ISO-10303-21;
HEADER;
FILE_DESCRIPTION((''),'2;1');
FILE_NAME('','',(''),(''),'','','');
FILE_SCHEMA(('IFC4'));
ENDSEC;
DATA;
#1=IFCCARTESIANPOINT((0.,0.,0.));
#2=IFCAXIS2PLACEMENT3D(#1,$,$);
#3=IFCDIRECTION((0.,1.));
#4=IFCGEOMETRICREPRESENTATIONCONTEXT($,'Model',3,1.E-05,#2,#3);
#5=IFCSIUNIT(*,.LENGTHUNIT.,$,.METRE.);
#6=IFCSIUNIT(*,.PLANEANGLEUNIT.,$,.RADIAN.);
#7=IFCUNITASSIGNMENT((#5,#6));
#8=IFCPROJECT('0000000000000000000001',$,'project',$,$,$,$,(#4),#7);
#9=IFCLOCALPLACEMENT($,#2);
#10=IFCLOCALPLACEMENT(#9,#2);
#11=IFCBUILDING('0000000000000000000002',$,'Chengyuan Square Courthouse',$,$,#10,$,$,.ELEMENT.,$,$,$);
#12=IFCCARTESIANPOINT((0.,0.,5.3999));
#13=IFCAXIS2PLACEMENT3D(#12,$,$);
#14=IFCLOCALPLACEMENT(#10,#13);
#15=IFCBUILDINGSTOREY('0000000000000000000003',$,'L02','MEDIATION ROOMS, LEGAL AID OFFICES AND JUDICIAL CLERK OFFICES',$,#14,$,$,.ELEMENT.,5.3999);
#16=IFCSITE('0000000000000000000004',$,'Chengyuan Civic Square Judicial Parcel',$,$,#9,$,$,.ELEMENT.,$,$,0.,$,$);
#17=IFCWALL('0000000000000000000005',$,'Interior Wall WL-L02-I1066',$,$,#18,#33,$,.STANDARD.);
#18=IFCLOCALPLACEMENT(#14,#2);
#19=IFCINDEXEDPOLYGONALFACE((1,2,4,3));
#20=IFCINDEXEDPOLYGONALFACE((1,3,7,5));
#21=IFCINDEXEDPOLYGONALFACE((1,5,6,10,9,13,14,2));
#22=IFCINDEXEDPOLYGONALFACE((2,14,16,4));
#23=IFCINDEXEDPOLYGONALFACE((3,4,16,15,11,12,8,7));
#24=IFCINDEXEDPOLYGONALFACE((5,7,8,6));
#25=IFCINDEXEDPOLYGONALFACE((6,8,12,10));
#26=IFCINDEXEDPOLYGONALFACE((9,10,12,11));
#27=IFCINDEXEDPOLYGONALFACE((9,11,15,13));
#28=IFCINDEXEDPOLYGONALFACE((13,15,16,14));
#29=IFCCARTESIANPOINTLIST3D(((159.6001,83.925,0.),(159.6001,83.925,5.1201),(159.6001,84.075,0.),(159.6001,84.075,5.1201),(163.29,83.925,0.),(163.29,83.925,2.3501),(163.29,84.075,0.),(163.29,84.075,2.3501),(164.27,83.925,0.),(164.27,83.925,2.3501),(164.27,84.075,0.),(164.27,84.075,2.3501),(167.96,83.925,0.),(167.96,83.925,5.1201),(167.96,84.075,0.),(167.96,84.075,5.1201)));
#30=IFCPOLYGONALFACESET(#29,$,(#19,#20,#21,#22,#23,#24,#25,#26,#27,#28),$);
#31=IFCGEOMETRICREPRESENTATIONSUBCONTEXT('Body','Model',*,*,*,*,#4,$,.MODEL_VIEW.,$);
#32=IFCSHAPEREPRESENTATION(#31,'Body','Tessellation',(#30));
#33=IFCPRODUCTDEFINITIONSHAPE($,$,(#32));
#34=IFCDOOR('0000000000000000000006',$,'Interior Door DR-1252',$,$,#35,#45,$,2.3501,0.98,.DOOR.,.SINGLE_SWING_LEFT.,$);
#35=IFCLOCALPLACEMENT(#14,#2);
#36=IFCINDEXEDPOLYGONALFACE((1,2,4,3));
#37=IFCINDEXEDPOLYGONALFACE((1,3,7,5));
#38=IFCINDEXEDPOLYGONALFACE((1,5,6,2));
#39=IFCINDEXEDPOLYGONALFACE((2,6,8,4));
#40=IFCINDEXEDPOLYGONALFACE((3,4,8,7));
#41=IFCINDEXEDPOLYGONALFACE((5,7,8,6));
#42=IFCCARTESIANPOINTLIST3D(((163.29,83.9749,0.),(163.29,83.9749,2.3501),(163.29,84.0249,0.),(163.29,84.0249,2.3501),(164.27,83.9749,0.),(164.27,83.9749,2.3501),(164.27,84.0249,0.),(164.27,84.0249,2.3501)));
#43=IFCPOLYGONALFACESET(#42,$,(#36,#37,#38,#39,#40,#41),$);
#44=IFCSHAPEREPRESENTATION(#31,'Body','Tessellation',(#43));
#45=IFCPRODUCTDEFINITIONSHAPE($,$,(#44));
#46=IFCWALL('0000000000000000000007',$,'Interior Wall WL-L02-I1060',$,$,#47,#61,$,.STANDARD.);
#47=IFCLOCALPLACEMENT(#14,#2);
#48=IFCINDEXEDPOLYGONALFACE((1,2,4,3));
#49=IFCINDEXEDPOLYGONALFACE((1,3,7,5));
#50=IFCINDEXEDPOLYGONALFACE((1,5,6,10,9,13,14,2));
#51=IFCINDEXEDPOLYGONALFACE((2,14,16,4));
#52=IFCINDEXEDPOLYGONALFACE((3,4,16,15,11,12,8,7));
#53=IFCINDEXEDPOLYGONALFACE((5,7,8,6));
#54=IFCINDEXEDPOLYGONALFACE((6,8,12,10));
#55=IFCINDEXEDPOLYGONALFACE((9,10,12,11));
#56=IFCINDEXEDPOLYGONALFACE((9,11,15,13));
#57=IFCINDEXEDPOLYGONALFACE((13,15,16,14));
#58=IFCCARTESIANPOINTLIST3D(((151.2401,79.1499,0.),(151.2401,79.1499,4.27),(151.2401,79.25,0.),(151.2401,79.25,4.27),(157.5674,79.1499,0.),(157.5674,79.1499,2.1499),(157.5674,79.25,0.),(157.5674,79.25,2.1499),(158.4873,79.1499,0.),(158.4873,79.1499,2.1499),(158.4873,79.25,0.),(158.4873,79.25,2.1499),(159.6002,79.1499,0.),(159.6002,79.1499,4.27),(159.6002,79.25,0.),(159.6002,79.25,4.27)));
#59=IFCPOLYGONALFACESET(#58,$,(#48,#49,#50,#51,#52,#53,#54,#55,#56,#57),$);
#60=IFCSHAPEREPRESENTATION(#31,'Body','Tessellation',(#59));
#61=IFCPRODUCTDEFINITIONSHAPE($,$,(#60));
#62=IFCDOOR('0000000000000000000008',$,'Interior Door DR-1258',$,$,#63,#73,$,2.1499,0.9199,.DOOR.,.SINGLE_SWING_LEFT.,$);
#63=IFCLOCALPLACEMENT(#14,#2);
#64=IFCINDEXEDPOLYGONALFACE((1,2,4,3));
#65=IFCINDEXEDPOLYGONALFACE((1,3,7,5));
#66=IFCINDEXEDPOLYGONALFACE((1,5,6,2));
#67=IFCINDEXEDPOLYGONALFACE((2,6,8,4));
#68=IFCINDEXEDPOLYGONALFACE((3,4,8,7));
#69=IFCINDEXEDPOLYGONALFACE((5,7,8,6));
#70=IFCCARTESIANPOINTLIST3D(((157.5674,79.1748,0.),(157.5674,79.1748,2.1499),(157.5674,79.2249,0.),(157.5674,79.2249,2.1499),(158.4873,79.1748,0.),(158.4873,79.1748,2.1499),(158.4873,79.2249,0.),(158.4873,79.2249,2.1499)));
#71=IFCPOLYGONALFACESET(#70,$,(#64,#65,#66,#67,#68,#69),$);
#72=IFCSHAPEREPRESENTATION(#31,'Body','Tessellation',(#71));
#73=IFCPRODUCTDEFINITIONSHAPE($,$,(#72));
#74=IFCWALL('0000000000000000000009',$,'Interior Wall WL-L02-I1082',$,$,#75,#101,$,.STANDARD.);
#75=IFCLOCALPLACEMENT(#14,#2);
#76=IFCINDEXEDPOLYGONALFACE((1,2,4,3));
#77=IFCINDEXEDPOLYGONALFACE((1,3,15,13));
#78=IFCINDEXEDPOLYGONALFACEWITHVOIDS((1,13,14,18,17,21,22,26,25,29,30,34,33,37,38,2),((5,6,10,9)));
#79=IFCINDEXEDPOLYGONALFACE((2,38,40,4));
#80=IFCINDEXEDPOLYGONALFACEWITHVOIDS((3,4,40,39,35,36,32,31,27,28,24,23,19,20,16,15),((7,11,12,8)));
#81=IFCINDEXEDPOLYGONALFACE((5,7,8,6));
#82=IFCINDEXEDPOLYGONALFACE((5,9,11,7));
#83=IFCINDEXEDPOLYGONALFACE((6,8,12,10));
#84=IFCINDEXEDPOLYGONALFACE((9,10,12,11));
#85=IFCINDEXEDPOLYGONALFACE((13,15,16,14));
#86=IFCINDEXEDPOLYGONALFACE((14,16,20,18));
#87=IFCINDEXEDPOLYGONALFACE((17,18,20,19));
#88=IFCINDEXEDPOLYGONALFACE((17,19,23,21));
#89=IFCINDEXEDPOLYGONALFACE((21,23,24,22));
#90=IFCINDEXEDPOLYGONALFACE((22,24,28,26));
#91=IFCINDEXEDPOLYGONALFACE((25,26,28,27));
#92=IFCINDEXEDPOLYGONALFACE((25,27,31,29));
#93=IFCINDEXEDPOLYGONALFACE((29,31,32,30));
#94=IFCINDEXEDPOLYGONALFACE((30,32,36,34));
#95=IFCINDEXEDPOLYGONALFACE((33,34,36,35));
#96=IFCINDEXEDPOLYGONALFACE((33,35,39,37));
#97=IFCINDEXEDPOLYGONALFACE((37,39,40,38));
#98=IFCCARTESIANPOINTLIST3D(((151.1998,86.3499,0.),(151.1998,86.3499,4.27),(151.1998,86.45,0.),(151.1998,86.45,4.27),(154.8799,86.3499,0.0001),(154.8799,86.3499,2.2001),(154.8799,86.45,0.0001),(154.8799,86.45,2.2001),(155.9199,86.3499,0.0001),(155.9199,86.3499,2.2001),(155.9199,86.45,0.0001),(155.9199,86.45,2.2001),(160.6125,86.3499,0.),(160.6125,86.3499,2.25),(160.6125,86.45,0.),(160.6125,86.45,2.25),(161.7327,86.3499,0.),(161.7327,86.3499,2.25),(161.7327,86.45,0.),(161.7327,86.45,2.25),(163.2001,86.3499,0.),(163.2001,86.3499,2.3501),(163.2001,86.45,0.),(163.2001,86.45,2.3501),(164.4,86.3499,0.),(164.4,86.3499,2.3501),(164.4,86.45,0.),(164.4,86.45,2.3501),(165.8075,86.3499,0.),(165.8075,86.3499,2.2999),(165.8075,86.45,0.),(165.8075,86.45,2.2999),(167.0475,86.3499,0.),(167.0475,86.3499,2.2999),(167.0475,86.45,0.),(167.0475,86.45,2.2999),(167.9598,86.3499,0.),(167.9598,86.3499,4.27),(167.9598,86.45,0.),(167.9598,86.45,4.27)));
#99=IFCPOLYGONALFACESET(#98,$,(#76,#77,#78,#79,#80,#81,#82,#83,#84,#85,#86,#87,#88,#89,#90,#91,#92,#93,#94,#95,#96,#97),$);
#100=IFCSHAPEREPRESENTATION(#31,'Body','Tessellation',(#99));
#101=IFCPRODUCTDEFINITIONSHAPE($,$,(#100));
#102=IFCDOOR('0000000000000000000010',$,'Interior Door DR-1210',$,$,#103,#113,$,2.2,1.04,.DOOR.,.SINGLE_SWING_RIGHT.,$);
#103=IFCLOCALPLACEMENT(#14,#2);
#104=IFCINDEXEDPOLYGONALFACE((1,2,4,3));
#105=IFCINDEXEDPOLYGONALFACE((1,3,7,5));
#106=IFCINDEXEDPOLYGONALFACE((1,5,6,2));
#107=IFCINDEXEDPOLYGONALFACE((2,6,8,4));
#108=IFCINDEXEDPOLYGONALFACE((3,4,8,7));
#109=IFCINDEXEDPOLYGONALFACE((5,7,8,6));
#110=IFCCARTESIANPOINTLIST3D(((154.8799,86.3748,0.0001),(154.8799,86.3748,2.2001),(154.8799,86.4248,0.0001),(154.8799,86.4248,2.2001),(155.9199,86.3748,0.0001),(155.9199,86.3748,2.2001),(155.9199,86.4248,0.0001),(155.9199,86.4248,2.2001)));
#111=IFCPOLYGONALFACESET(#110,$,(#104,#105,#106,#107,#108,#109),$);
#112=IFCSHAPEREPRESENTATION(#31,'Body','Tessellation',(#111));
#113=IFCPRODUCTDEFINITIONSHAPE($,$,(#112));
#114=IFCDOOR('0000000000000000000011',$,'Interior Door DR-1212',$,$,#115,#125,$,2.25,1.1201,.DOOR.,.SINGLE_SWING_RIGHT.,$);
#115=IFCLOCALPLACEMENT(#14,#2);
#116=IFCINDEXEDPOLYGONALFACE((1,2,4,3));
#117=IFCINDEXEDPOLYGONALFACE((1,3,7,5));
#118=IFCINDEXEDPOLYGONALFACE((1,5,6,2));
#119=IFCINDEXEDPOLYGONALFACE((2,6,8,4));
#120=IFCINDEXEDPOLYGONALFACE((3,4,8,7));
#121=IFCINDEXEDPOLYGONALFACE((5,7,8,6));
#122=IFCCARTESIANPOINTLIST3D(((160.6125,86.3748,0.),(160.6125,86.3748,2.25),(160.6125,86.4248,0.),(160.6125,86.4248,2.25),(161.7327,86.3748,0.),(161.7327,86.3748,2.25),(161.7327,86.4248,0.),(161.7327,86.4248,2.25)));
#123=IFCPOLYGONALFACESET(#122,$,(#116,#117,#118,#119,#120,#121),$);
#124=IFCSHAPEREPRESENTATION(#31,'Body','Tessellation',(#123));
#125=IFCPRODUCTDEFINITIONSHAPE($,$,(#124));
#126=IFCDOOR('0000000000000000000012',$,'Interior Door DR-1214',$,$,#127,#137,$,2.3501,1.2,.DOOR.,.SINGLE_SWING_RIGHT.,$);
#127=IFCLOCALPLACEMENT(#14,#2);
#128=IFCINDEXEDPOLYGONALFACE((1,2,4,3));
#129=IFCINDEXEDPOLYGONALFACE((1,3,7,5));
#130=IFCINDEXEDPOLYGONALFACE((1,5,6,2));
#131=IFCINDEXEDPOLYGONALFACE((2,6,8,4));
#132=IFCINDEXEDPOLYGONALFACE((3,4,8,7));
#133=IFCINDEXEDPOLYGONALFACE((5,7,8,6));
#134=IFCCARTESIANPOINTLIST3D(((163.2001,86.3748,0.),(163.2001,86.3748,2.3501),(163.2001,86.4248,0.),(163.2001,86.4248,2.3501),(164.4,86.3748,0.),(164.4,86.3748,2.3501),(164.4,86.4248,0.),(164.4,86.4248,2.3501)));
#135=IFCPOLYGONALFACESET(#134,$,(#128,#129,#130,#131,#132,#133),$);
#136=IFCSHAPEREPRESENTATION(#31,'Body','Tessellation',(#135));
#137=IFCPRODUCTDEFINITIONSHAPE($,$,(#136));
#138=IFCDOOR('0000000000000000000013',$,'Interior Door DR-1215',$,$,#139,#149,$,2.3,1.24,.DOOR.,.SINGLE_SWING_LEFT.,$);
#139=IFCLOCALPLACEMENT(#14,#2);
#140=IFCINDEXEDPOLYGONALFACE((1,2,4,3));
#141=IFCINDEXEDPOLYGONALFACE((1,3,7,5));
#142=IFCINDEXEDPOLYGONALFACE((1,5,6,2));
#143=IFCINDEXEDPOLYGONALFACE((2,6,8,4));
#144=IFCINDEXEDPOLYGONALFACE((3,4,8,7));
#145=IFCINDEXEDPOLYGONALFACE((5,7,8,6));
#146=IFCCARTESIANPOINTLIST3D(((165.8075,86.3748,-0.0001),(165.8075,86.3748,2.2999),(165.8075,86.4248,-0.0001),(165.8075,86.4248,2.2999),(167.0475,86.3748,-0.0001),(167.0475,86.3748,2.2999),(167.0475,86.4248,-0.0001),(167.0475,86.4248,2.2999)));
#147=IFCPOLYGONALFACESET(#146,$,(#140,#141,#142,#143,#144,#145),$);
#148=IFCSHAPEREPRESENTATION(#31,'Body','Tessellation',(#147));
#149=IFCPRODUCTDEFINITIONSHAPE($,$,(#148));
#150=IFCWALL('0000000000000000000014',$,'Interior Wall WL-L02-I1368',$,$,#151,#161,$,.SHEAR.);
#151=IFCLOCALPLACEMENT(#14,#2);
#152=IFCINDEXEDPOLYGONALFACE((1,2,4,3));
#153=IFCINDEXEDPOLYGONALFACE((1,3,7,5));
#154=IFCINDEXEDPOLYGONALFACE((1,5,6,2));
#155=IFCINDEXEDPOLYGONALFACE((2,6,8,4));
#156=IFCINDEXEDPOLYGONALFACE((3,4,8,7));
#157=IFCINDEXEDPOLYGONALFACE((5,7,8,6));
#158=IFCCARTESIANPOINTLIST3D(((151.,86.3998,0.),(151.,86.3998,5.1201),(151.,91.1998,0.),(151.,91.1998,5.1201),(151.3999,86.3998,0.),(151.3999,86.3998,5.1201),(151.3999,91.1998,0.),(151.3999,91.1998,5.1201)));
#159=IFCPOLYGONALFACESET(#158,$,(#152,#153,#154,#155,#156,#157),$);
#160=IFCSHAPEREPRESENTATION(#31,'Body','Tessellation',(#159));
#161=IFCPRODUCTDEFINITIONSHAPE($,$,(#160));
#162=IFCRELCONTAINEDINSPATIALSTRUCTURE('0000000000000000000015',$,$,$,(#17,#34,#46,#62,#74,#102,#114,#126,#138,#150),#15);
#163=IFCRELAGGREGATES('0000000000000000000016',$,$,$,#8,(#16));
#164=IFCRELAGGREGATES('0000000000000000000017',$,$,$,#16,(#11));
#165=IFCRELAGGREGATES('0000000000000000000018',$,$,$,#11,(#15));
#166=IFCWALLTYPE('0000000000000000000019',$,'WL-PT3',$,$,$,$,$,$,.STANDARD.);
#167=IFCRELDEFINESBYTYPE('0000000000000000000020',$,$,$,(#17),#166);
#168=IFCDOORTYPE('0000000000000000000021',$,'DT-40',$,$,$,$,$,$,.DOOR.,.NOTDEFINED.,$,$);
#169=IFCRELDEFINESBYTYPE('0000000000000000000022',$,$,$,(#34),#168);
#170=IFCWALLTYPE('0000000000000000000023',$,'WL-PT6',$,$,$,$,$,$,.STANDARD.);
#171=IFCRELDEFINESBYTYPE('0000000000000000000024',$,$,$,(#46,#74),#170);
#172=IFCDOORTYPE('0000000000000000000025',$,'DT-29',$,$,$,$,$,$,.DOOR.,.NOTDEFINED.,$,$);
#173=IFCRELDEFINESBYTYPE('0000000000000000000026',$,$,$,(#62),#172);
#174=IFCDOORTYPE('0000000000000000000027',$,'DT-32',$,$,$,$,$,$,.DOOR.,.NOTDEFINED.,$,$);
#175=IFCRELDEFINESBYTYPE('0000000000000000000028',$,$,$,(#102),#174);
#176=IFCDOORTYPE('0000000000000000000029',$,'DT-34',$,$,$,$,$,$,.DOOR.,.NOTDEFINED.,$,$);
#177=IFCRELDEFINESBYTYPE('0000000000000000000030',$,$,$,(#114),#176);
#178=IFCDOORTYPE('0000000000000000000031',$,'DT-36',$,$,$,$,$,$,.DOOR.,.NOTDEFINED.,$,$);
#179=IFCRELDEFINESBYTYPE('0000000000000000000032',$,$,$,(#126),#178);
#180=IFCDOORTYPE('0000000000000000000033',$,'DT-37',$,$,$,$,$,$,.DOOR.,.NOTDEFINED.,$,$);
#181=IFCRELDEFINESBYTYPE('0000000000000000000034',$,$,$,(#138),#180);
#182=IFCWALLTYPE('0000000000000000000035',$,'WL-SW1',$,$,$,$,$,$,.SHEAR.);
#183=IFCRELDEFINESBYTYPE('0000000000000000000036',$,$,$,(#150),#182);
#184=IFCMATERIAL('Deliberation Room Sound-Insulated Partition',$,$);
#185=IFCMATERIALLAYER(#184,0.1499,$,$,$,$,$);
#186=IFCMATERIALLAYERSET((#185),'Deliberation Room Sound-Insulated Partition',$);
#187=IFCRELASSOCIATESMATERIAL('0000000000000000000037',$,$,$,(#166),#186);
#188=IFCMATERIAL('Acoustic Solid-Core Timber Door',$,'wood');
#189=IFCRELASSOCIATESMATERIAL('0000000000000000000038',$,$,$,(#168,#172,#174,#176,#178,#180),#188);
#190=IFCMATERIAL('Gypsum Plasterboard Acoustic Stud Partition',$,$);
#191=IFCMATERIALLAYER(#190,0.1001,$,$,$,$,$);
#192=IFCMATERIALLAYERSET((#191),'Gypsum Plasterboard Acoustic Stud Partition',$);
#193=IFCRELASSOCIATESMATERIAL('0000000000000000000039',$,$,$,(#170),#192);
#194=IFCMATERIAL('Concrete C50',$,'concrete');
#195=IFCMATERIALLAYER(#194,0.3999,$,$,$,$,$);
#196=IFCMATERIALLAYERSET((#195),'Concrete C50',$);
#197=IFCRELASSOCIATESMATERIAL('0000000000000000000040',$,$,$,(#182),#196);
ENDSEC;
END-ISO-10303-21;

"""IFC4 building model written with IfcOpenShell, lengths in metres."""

from ifc_helpers import new_model, si_unit, direction, frame, frame_2d, origin, place, context, subcontext, project, spatial, rectangle, extrude, material, layer, layer_set, type_object, element, fill, save


model = new_model("IFC4")

# Units and contexts
model_context = context("Model", 3, precision=1e-05, world=origin(), true_north=direction((0.0, 1.0)))
body_context = subcontext(model_context, "Body", "Model", "MODEL_VIEW")
ifc_project = project(units=[si_unit("LENGTHUNIT", "METRE"), si_unit("PLANEANGLEUNIT", "RADIAN")], contexts=[model_context])

# Site, building, storey
site_placement = place(None, origin())
site = spatial("IfcSite", under=ifc_project, at=site_placement, Name="Chengyuan Civic Square Judicial Parcel", CompositionType="ELEMENT", RefElevation=0.0)
building_placement = place(site_placement, origin())
building = spatial("IfcBuilding", under=site, at=building_placement, Name="Chengyuan Square Courthouse", CompositionType="ELEMENT")
storey_placement = place(building_placement, frame((0.0, 0.0, 5.3999)))
storey = spatial("IfcBuildingStorey", under=building, at=storey_placement, Name="L02", Description="MEDIATION ROOMS, LEGAL AID OFFICES AND JUDICIAL CLERK OFFICES", CompositionType="ELEMENT", Elevation=5.3999)

# Shared definitions
ifc_material_1 = material(Name="Concrete C50", Category="concrete")

# Shared definitions
ifc_material_2 = material(Name="Deliberation Room Sound-Insulated Partition")
ifc_layer_1 = layer(ifc_material_2, 0.1499)
ifc_layer_set_1 = layer_set([ifc_layer_1], Name="Deliberation Room Sound-Insulated Partition")
wall_type_1 = type_object("IfcWallType", Name="WL-PT3", PredefinedType="STANDARD", material=ifc_layer_set_1)

# Walls, openings, doors
wall_1_placement = place(storey_placement, frame((159.6001, 84.0, 0.0), z_axis=(0.0, 0.0, 1.0), x_axis=(1.0, 0.0, 0.0)))
wall_1 = element("IfcWall", 1, at=wall_1_placement, inside=storey, type_object=wall_type_1, Name="Interior Wall WL-L02-I1066", PredefinedType="STANDARD", context=body_context, shape_type="SweptSolid", body=[
    extrude(rectangle(XDim=8.3599, YDim=0.1499, at=frame_2d((4.1799, 0.0))), origin(), (0.0, 0.0, 1.0), 5.1201),
])
opening_1_placement = place(wall_1_placement, frame((3.6899, 0.0, 0.0)))
opening_1 = element("IfcOpeningElement", 2, at=opening_1_placement, cuts=wall_1, PredefinedType="OPENING", context=body_context, shape_type="SweptSolid", body=[
    extrude(rectangle(XDim=0.98, YDim=2.3501, at=frame_2d((0.49, 1.175))), frame((0.0, 0.0869, 0.0), z_axis=(0.0, -1.0, 0.0), x_axis=(1.0, 0.0, 0.0)), (0.0, 0.0, 1.0), 0.1738),
])
ifc_material_3 = material(Name="Acoustic Solid-Core Timber Door", Category="wood")
door_type_1 = type_object("IfcDoorType", Name="DT-40", OperationType="NOTDEFINED", PredefinedType="DOOR", material=ifc_material_3)
door_1_placement = place(opening_1_placement, origin())
door_1 = element("IfcDoor", 3, at=door_1_placement, inside=storey, type_object=door_type_1, Name="Interior Door DR-1252", OperationType="SINGLE_SWING_LEFT", OverallHeight=2.3501, OverallWidth=0.98, PredefinedType="DOOR", context=body_context, shape_type="SweptSolid", body=[
    extrude(rectangle(XDim=0.98, YDim=2.3501, at=frame_2d((0.49, 1.175))), frame((0.0, 0.0249, 0.0), z_axis=(0.0, -1.0, 0.0), x_axis=(1.0, 0.0, 0.0)), (0.0, 0.0, 1.0), 0.05),
])
fill(opening_1, door_1)
ifc_material_4 = material(Name="Gypsum Plasterboard Acoustic Stud Partition")
ifc_layer_2 = layer(ifc_material_4, 0.1001)
ifc_layer_set_2 = layer_set([ifc_layer_2], Name="Gypsum Plasterboard Acoustic Stud Partition")
wall_type_2 = type_object("IfcWallType", Name="WL-PT6", PredefinedType="STANDARD", material=ifc_layer_set_2)
wall_2_placement = place(storey_placement, frame((151.24, 79.2, 0.0), z_axis=(0.0, 0.0, 1.0), x_axis=(1.0, 0.0, 0.0)))
wall_2 = element("IfcWall", 4, at=wall_2_placement, inside=storey, type_object=wall_type_2, Name="Interior Wall WL-L02-I1060", PredefinedType="STANDARD", context=body_context, shape_type="SweptSolid", body=[
    extrude(rectangle(XDim=8.3601, YDim=0.1001, at=frame_2d((4.1802, 0.0))), origin(), (0.0, 0.0, 1.0), 4.27),
])
opening_2_placement = place(wall_2_placement, frame((6.3274, 0.0, 0.0)))
opening_2 = element("IfcOpeningElement", 5, at=opening_2_placement, cuts=wall_2, PredefinedType="OPENING", context=body_context, shape_type="SweptSolid", body=[
    extrude(rectangle(XDim=0.9199, YDim=2.1499, at=frame_2d((0.46, 1.075))), frame((0.0, 0.062, 0.0), z_axis=(0.0, -1.0, 0.0), x_axis=(1.0, 0.0, 0.0)), (0.0, 0.0, 1.0), 0.124),
])
door_type_2 = type_object("IfcDoorType", Name="DT-29", OperationType="NOTDEFINED", PredefinedType="DOOR", material=ifc_material_3)
door_2_placement = place(opening_2_placement, origin())
door_2 = element("IfcDoor", 6, at=door_2_placement, inside=storey, type_object=door_type_2, Name="Interior Door DR-1258", OperationType="SINGLE_SWING_LEFT", OverallHeight=2.1499, OverallWidth=0.9199, PredefinedType="DOOR", context=body_context, shape_type="SweptSolid", body=[
    extrude(rectangle(XDim=0.9199, YDim=2.1499, at=frame_2d((0.46, 1.075))), frame((0.0, 0.0249, 0.0), z_axis=(0.0, -1.0, 0.0), x_axis=(1.0, 0.0, 0.0)), (0.0, 0.0, 1.0), 0.05),
])
fill(opening_2, door_2)

# Wall, openings, doors
wall_3_placement = place(storey_placement, frame((151.2, 86.3999, 0.0), z_axis=(0.0, 0.0, 1.0), x_axis=(1.0, 0.0, 0.0)))
wall_3 = element("IfcWall", 7, at=wall_3_placement, inside=storey, type_object=wall_type_2, Name="Interior Wall WL-L02-I1082", PredefinedType="STANDARD", context=body_context, shape_type="SweptSolid", body=[
    extrude(rectangle(XDim=16.76, YDim=0.1001, at=frame_2d((8.3799, 0.0))), origin(), (0.0, 0.0, 1.0), 4.27),
])
opening_3_placement = place(wall_3_placement, frame((3.6799, 0.0, 0.0)))
opening_3 = element("IfcOpeningElement", 8, at=opening_3_placement, cuts=wall_3, PredefinedType="OPENING", context=body_context, shape_type="SweptSolid", body=[
    extrude(rectangle(XDim=1.04, YDim=2.2, at=frame_2d((0.52, 1.1001))), frame((0.0, 0.062, 0.0), z_axis=(0.0, -1.0, 0.0), x_axis=(1.0, 0.0, 0.0)), (0.0, 0.0, 1.0), 0.124),
])
opening_4_placement = place(wall_3_placement, frame((9.4126, 0.0, 0.0)))
opening_4 = element("IfcOpeningElement", 9, at=opening_4_placement, cuts=wall_3, PredefinedType="OPENING", context=body_context, shape_type="SweptSolid", body=[
    extrude(rectangle(XDim=1.1201, YDim=2.25, at=frame_2d((0.5601, 1.125))), frame((0.0, 0.062, 0.0), z_axis=(0.0, -1.0, 0.0), x_axis=(1.0, 0.0, 0.0)), (0.0, 0.0, 1.0), 0.124),
])
opening_5_placement = place(wall_3_placement, frame((12.0, 0.0, 0.0)))
opening_5 = element("IfcOpeningElement", 10, at=opening_5_placement, cuts=wall_3, PredefinedType="OPENING", context=body_context, shape_type="SweptSolid", body=[
    extrude(rectangle(XDim=1.2, YDim=2.3501, at=frame_2d((0.6001, 1.175))), frame((0.0, 0.062, 0.0), z_axis=(0.0, -1.0, 0.0), x_axis=(1.0, 0.0, 0.0)), (0.0, 0.0, 1.0), 0.124),
])
opening_6_placement = place(wall_3_placement, frame((14.6074, 0.0, 0.0)))
opening_6 = element("IfcOpeningElement", 11, at=opening_6_placement, cuts=wall_3, PredefinedType="OPENING", context=body_context, shape_type="SweptSolid", body=[
    extrude(rectangle(XDim=1.24, YDim=2.3, at=frame_2d((0.6201, 1.1499))), frame((0.0, 0.062, 0.0), z_axis=(0.0, -1.0, 0.0), x_axis=(1.0, 0.0, 0.0)), (0.0, 0.0, 1.0), 0.124),
])
door_type_3 = type_object("IfcDoorType", Name="DT-32", OperationType="NOTDEFINED", PredefinedType="DOOR", material=ifc_material_3)
door_3_placement = place(opening_3_placement, origin())
door_3 = element("IfcDoor", 12, at=door_3_placement, inside=storey, type_object=door_type_3, Name="Interior Door DR-1210", OperationType="SINGLE_SWING_RIGHT", OverallHeight=2.2, OverallWidth=1.04, PredefinedType="DOOR", context=body_context, shape_type="SweptSolid", body=[
    extrude(rectangle(XDim=1.04, YDim=2.2, at=frame_2d((0.52, 1.1001))), frame((0.0, 0.0249, 0.0), z_axis=(0.0, -1.0, 0.0), x_axis=(1.0, 0.0, 0.0)), (0.0, 0.0, 1.0), 0.05),
])
fill(opening_3, door_3)
door_type_4 = type_object("IfcDoorType", Name="DT-34", OperationType="NOTDEFINED", PredefinedType="DOOR", material=ifc_material_3)
door_4_placement = place(opening_4_placement, origin())
door_4 = element("IfcDoor", 13, at=door_4_placement, inside=storey, type_object=door_type_4, Name="Interior Door DR-1212", OperationType="SINGLE_SWING_RIGHT", OverallHeight=2.25, OverallWidth=1.1201, PredefinedType="DOOR", context=body_context, shape_type="SweptSolid", body=[
    extrude(rectangle(XDim=1.1201, YDim=2.25, at=frame_2d((0.5601, 1.125))), frame((0.0, 0.0249, 0.0), z_axis=(0.0, -1.0, 0.0), x_axis=(1.0, 0.0, 0.0)), (0.0, 0.0, 1.0), 0.05),
])
fill(opening_4, door_4)
door_type_5 = type_object("IfcDoorType", Name="DT-36", OperationType="NOTDEFINED", PredefinedType="DOOR", material=ifc_material_3)
door_5_placement = place(opening_5_placement, origin())
door_5 = element("IfcDoor", 14, at=door_5_placement, inside=storey, type_object=door_type_5, Name="Interior Door DR-1214", OperationType="SINGLE_SWING_RIGHT", OverallHeight=2.3501, OverallWidth=1.2, PredefinedType="DOOR", context=body_context, shape_type="SweptSolid", body=[
    extrude(rectangle(XDim=1.2, YDim=2.3501, at=frame_2d((0.6001, 1.175))), frame((0.0, 0.0249, 0.0), z_axis=(0.0, -1.0, 0.0), x_axis=(1.0, 0.0, 0.0)), (0.0, 0.0, 1.0), 0.05),
])
fill(opening_5, door_5)
door_type_6 = type_object("IfcDoorType", Name="DT-37", OperationType="NOTDEFINED", PredefinedType="DOOR", material=ifc_material_3)
door_6_placement = place(opening_6_placement, origin())
door_6 = element("IfcDoor", 15, at=door_6_placement, inside=storey, type_object=door_type_6, Name="Interior Door DR-1215", OperationType="SINGLE_SWING_LEFT", OverallHeight=2.3, OverallWidth=1.24, PredefinedType="DOOR", context=body_context, shape_type="SweptSolid", body=[
    extrude(rectangle(XDim=1.24, YDim=2.3, at=frame_2d((0.6201, 1.1499))), frame((0.0, 0.0249, 0.0), z_axis=(0.0, -1.0, 0.0), x_axis=(1.0, 0.0, 0.0)), (0.0, 0.0, 1.0), 0.05),
])
fill(opening_6, door_6)

# Wall
ifc_layer_3 = layer(ifc_material_1, 0.3999)
ifc_layer_set_3 = layer_set([ifc_layer_3], Name="Concrete C50")
wall_type_3 = type_object("IfcWallType", Name="WL-SW1", PredefinedType="SHEAR", material=ifc_layer_set_3)
wall_4_placement = place(storey_placement, frame((151.2, 86.3999, 0.0), z_axis=(0.0, 0.0, 1.0), x_axis=(0.0, 1.0, 0.0)))
element("IfcWall", 16, at=wall_4_placement, inside=storey, type_object=wall_type_3, Name="Interior Wall WL-L02-I1368", PredefinedType="SHEAR", context=body_context, shape_type="SweptSolid", body=[
    extrude(rectangle(XDim=4.8, YDim=0.3999, at=frame_2d((2.3999, 0.0))), origin(), (0.0, 0.0, 1.0), 5.1201),
])

save(model, "model.ifc")
